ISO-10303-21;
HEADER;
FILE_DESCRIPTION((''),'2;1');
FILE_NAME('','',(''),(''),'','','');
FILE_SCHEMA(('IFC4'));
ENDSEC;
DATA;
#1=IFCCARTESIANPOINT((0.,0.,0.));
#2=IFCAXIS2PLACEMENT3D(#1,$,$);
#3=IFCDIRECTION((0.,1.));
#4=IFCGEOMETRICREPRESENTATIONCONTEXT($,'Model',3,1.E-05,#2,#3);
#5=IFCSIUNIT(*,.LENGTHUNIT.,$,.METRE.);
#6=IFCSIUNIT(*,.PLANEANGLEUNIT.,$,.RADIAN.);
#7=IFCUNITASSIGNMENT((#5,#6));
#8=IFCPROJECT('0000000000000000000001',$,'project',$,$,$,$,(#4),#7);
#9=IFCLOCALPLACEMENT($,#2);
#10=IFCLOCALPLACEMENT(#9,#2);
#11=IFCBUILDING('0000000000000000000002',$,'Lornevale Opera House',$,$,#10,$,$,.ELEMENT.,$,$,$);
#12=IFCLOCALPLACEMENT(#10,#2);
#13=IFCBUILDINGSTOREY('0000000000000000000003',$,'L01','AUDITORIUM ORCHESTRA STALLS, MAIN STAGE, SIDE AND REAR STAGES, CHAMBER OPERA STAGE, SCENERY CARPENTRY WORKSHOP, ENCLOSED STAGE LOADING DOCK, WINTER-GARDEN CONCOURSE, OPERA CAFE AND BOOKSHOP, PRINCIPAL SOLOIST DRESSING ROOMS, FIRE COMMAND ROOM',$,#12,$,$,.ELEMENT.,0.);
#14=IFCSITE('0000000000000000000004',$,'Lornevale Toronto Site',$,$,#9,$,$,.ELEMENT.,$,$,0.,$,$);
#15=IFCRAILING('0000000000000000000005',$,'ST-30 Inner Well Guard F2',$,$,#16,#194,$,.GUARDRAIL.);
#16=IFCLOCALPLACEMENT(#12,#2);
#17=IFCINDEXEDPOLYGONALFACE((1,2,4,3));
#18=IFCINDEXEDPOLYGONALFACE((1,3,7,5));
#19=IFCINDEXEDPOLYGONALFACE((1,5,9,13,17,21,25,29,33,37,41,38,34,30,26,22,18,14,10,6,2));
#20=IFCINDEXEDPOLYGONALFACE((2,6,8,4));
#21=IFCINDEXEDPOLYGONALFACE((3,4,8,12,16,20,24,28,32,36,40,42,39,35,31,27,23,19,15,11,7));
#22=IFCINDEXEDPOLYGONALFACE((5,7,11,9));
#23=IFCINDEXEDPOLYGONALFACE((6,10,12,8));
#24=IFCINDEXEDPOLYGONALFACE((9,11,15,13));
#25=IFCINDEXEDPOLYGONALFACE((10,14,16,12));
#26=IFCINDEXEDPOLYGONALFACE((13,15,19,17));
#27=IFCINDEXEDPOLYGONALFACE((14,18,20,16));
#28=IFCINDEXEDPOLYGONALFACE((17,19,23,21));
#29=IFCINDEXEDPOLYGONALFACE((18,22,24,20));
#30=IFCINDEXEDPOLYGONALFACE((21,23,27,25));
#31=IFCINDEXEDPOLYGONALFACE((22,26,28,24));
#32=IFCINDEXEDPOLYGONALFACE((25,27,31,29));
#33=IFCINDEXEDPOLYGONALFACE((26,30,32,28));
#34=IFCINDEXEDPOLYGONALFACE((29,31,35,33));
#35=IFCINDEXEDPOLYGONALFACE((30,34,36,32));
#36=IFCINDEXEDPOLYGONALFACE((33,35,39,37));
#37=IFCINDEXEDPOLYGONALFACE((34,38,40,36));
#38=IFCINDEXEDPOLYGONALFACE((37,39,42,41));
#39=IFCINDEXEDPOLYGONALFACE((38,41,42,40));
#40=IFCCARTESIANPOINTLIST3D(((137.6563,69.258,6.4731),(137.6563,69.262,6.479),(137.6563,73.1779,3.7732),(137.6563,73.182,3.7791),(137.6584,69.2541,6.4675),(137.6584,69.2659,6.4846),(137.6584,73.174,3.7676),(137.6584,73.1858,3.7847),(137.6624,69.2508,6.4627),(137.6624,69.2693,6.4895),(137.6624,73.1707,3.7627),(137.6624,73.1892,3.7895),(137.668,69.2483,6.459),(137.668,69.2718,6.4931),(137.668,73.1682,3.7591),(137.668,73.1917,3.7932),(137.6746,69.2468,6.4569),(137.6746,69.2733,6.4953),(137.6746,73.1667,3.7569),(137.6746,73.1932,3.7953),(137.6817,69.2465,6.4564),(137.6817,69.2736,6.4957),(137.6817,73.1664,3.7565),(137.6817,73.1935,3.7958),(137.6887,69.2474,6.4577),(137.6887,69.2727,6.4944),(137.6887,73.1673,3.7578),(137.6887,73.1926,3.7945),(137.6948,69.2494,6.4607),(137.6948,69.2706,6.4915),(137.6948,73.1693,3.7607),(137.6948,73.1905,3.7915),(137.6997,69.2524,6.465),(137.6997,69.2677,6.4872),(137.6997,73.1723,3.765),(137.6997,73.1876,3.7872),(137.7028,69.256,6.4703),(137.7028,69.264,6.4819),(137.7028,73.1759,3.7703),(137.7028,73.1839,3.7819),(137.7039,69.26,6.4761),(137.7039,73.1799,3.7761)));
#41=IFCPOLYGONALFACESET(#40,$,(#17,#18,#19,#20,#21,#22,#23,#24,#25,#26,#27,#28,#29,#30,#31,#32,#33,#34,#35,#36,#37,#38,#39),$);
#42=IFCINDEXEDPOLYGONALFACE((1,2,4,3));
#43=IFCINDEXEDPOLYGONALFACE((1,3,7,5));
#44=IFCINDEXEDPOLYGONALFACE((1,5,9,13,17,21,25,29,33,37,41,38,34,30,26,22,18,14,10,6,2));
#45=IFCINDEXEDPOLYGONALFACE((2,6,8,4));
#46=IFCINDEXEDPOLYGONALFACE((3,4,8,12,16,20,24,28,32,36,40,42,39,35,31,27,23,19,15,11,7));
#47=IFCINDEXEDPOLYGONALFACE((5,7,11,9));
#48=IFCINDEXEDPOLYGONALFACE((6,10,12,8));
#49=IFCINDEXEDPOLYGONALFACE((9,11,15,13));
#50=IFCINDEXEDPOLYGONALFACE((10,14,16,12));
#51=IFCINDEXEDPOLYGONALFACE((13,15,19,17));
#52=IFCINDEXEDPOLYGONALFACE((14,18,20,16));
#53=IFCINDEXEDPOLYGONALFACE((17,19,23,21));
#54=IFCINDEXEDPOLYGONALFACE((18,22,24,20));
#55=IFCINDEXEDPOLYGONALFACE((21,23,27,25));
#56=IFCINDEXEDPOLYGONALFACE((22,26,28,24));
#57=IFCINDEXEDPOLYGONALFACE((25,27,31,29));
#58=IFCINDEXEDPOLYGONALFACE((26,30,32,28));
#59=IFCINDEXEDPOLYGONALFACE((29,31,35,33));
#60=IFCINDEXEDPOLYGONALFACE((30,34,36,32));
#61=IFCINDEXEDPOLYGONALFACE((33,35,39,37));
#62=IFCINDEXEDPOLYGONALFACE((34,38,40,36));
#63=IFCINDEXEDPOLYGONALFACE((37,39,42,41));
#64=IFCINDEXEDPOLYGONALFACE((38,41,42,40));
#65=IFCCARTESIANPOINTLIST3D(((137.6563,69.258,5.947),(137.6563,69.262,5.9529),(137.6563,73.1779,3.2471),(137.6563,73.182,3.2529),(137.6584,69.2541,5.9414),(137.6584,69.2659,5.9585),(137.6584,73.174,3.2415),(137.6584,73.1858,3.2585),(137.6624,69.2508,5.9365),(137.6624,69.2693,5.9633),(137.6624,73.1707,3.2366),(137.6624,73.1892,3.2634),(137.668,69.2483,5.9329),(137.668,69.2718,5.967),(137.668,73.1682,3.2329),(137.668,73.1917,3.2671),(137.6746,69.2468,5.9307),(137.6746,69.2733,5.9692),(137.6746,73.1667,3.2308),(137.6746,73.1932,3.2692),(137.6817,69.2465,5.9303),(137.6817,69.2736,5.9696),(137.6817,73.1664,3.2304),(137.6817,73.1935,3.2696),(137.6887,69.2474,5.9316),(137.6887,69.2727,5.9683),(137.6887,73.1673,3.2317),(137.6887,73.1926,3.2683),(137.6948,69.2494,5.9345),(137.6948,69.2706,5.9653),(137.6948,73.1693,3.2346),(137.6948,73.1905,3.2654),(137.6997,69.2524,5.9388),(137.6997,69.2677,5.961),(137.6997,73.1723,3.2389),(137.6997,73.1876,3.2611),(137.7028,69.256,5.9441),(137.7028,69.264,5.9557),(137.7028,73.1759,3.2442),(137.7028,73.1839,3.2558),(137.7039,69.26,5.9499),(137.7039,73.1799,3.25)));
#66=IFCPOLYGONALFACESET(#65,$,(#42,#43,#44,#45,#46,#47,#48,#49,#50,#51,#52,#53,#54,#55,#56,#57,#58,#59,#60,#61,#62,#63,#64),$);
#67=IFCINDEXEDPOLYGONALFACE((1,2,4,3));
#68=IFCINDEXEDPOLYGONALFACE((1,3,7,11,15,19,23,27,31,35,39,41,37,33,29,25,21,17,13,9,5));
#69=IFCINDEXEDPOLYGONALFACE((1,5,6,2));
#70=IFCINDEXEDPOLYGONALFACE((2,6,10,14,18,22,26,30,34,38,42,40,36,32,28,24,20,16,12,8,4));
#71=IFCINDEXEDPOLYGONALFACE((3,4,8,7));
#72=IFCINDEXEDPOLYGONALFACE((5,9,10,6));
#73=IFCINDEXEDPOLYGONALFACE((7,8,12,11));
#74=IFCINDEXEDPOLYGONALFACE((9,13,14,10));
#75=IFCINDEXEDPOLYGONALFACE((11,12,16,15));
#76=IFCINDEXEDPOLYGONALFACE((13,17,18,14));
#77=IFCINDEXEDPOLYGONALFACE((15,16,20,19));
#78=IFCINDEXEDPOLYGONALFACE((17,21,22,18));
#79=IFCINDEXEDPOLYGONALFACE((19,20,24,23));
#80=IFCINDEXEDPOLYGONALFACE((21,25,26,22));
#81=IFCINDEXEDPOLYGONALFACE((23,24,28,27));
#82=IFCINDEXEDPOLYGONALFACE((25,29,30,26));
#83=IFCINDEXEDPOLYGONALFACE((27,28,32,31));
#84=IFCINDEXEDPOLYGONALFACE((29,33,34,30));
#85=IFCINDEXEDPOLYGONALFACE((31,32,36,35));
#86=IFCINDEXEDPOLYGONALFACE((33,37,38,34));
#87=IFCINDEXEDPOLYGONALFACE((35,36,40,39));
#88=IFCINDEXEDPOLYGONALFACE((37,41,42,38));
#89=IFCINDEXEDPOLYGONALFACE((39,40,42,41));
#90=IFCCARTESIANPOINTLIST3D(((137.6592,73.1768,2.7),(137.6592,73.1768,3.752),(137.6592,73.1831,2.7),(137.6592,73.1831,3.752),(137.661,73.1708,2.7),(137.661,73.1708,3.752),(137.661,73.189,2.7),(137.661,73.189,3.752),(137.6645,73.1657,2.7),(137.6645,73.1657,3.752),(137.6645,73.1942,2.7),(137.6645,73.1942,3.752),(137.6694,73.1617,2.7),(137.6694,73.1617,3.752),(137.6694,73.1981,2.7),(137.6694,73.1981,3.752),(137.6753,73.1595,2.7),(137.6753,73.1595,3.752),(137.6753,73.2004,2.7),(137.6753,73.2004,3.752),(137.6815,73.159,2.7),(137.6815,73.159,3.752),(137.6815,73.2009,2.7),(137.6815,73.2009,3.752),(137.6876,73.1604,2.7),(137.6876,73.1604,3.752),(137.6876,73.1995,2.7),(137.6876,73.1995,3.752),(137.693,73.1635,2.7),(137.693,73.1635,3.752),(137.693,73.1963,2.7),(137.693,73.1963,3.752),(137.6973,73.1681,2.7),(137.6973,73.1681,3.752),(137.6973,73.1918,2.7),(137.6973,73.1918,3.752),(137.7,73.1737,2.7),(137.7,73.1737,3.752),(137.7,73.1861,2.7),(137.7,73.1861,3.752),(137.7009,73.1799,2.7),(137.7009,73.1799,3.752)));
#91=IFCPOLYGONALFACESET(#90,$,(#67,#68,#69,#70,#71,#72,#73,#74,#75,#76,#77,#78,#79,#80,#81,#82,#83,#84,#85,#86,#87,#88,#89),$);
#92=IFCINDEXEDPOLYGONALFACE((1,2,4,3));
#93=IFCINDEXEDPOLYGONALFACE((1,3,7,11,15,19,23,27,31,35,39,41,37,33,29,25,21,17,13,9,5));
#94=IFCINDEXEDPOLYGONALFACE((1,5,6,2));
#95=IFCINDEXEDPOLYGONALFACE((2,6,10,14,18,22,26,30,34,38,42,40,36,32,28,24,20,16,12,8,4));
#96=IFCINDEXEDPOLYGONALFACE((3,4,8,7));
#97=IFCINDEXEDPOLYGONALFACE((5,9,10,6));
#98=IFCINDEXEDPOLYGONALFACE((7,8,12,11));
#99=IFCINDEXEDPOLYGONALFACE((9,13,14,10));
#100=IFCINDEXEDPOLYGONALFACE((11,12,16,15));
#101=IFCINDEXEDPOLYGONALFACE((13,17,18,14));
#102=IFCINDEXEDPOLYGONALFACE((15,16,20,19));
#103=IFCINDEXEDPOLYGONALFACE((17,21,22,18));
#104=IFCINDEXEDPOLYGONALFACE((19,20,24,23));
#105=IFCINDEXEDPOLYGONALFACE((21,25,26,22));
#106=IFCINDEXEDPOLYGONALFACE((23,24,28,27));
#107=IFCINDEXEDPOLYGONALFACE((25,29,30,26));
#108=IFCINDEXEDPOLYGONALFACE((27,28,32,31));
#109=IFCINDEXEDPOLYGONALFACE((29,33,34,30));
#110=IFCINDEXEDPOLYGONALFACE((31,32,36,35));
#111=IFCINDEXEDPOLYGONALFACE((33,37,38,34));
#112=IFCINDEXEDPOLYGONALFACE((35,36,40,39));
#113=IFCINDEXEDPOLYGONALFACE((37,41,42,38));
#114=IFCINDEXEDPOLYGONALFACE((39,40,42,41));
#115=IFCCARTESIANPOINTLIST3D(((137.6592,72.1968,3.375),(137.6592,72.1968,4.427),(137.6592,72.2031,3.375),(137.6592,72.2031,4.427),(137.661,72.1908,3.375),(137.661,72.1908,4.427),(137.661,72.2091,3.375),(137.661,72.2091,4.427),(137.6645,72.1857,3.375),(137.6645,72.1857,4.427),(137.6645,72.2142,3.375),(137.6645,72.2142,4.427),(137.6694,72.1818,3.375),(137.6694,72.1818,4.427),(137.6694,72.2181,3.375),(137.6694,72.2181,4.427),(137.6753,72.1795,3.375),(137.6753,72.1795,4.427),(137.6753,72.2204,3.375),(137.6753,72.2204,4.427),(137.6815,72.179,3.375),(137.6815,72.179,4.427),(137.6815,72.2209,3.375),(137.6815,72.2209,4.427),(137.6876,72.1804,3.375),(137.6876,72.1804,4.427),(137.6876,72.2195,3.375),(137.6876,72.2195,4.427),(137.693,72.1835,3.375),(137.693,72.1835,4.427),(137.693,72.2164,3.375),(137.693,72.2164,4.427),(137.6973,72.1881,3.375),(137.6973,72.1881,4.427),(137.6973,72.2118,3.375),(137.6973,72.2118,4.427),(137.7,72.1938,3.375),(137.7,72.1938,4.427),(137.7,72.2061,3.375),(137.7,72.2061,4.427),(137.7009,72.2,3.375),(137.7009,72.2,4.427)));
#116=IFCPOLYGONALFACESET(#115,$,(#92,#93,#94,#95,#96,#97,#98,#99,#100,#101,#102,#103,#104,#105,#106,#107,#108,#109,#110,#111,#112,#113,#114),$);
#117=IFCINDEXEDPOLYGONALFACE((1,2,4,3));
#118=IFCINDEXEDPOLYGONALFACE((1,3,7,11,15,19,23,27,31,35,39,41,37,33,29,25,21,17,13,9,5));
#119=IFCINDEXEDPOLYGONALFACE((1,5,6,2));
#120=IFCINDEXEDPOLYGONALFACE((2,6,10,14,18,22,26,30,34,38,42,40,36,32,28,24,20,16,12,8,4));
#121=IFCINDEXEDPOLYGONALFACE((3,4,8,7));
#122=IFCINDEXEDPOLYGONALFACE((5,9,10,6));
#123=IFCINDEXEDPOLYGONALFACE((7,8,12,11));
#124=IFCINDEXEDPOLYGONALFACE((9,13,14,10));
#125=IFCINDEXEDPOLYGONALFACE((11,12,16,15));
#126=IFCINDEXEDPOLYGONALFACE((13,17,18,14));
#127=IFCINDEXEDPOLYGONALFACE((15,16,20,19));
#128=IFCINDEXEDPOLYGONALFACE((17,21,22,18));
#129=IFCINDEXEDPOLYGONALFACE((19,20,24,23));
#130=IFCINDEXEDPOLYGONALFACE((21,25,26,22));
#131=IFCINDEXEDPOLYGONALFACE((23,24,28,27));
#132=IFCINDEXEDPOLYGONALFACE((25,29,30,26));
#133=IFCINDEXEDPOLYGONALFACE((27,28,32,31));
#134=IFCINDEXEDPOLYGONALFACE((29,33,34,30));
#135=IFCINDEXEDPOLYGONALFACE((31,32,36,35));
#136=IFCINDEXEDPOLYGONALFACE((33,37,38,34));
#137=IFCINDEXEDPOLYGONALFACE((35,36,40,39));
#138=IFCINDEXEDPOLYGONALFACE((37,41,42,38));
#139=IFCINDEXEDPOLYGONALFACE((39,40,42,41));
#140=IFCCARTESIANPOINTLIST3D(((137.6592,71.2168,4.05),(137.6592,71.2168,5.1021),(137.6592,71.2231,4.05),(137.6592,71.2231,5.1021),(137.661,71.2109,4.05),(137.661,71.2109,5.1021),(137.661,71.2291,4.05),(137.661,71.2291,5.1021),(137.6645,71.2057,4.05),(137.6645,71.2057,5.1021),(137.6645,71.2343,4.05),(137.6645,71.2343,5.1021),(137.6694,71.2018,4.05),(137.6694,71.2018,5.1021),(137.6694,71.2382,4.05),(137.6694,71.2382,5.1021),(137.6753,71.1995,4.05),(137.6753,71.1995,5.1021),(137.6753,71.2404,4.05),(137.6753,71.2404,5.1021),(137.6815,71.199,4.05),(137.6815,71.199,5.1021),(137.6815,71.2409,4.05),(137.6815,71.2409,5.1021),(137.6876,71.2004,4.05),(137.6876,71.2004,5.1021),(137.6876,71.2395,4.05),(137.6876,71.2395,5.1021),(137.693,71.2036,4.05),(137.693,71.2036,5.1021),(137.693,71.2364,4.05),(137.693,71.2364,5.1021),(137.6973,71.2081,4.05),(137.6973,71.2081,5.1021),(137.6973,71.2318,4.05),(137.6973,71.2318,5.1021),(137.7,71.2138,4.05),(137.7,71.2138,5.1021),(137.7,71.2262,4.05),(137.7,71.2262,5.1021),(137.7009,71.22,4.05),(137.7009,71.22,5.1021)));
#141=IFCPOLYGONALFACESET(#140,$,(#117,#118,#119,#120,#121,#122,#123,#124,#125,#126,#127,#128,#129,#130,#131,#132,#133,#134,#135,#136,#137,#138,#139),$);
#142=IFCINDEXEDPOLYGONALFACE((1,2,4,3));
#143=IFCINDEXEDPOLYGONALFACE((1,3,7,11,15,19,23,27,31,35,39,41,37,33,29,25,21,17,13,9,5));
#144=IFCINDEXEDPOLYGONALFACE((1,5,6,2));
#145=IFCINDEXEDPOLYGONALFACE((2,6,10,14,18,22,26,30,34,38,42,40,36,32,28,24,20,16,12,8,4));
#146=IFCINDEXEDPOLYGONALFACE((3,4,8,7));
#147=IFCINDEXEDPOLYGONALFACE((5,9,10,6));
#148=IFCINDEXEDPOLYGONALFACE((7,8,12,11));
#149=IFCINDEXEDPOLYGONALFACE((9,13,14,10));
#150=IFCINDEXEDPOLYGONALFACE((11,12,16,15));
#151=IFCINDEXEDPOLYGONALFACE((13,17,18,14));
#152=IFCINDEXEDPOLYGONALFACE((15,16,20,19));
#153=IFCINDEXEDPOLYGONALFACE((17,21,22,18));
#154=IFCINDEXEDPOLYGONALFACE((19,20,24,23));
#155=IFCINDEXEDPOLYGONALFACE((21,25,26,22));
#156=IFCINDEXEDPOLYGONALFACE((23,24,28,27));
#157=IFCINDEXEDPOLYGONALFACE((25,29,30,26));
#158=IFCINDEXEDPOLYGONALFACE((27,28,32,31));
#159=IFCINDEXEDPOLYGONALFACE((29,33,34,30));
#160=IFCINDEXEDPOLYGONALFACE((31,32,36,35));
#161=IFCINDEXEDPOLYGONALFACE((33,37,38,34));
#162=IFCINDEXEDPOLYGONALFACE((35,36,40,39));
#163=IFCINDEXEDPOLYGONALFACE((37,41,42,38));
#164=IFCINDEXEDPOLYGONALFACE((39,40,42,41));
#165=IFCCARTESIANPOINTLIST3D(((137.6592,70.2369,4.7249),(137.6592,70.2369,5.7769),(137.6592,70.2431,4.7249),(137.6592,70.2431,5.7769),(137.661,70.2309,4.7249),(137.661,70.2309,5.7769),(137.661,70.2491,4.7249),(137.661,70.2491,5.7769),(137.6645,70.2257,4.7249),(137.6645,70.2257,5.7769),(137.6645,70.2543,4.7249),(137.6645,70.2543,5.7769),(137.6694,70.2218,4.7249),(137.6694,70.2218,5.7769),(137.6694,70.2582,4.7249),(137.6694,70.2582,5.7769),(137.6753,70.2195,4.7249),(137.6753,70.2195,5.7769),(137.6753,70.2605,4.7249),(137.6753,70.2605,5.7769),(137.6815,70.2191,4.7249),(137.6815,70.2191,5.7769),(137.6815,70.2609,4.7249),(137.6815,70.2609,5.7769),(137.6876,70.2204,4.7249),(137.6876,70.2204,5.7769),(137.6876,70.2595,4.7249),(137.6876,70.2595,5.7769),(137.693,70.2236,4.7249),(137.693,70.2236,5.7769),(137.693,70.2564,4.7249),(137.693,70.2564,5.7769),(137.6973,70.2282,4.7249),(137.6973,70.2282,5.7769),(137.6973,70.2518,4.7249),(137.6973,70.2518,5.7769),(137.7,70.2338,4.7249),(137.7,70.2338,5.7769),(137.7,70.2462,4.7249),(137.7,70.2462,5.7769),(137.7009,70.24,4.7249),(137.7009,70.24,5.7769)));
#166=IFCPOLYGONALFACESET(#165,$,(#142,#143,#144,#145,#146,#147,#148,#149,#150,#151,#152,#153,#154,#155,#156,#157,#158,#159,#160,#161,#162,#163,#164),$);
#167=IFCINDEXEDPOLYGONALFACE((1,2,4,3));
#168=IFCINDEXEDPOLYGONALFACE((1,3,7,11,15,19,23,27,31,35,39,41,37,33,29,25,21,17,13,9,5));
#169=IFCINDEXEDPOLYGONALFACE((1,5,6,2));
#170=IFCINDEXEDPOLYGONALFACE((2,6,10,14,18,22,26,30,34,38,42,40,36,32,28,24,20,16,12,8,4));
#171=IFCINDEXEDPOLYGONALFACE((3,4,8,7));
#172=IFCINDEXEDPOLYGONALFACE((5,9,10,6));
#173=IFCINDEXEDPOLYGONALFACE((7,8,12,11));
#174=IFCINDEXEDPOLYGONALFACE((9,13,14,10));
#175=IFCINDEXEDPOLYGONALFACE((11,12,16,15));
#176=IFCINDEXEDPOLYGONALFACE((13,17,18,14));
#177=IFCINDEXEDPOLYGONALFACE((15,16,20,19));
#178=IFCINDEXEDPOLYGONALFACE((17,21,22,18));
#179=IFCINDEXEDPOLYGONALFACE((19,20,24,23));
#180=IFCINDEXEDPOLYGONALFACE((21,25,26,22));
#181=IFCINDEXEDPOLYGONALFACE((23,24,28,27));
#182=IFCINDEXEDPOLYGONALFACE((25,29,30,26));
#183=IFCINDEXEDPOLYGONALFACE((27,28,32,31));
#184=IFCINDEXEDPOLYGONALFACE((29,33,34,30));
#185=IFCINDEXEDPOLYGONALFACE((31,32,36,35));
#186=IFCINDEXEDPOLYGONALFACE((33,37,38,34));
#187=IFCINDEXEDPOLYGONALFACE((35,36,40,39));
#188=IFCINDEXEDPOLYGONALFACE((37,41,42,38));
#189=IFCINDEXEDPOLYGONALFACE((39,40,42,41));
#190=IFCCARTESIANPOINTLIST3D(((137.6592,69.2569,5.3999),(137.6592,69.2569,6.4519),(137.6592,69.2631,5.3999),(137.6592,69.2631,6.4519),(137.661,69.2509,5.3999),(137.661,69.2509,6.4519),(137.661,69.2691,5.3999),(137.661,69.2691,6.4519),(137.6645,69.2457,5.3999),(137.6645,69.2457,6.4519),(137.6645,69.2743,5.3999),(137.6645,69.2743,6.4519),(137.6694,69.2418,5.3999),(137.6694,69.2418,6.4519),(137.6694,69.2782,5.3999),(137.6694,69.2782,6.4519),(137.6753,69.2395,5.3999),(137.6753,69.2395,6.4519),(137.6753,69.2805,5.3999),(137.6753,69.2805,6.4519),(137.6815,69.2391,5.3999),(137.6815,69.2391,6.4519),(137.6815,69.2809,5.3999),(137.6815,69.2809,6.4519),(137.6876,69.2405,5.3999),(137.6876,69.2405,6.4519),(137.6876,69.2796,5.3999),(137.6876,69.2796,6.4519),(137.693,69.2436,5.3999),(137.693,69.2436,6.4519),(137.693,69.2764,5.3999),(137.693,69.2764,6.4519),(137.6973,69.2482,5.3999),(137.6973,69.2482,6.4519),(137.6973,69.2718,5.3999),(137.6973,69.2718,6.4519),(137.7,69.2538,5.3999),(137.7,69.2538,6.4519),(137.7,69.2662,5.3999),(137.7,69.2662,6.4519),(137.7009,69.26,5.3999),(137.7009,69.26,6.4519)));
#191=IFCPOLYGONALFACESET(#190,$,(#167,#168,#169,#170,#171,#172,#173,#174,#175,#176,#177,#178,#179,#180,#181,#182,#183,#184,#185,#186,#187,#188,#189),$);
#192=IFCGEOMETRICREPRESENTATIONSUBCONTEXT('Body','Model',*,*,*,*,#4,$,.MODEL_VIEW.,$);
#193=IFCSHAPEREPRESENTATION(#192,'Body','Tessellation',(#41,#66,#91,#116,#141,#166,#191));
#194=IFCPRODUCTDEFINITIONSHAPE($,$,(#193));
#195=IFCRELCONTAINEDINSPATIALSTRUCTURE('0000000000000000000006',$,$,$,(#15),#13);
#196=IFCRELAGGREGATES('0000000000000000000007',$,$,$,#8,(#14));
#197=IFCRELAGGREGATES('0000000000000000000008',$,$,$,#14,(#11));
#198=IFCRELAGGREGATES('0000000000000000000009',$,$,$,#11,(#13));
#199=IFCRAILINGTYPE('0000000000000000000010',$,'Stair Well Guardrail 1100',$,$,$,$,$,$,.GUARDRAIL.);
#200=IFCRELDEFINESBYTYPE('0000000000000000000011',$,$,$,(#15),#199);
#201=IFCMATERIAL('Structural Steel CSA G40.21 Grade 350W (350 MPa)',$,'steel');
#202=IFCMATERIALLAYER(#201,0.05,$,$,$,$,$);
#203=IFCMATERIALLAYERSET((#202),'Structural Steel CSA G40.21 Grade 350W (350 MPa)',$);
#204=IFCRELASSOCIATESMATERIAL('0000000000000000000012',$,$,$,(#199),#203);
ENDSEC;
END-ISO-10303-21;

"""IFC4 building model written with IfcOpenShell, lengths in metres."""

from ifc_helpers import new_model, si_unit, direction, frame, origin, origin_2d, place, context, subcontext, project, spatial, circle, extrude, material, layer, layer_set, type_object, element, save


model = new_model("IFC4")

# Units and contexts
model_context = context("Model", 3, precision=1e-05, world=origin(), true_north=direction((0.0, 1.0)))
body_context = subcontext(model_context, "Body", "Model", "MODEL_VIEW")
ifc_project = project(units=[si_unit("LENGTHUNIT", "METRE"), si_unit("PLANEANGLEUNIT", "RADIAN")], contexts=[model_context])

# Site, building, storey
site_placement = place(None, origin())
site = spatial("IfcSite", under=ifc_project, at=site_placement, Name="Lornevale Toronto Site", CompositionType="ELEMENT", RefElevation=0.0)
building_placement = place(site_placement, origin())
building = spatial("IfcBuilding", under=site, at=building_placement, Name="Lornevale Opera House", CompositionType="ELEMENT")
storey_placement = place(building_placement, origin())
storey = spatial("IfcBuildingStorey", under=building, at=storey_placement, Name="L01", Description="AUDITORIUM ORCHESTRA STALLS, MAIN STAGE, SIDE AND REAR STAGES, CHAMBER OPERA STAGE, SCENERY CARPENTRY WORKSHOP, ENCLOSED STAGE LOADING DOCK, WINTER-GARDEN CONCOURSE, OPERA CAFE AND BOOKSHOP, PRINCIPAL SOLOIST DRESSING ROOMS, FIRE COMMAND ROOM", CompositionType="ELEMENT", Elevation=0.0)

# Shared definitions
ifc_material_1 = material(Name="Structural Steel CSA G40.21 Grade 350W (350 MPa)", Category="steel")

# Railing
ifc_layer_1 = layer(ifc_material_1, 0.05)
ifc_layer_set_1 = layer_set([ifc_layer_1], Name="Structural Steel CSA G40.21 Grade 350W (350 MPa)")
railing_type_1 = type_object("IfcRailingType", Name="Stair Well Guardrail 1100", PredefinedType="GUARDRAIL", material=ifc_layer_set_1)
railing_1_placement = place(storey_placement, frame((137.6799, 73.1799, 2.7)))
element("IfcRailing", 1, at=railing_1_placement, inside=storey, type_object=railing_type_1, Name="ST-30 Inner Well Guard F2", PredefinedType="GUARDRAIL", context=body_context, shape_type="SweptSolid", body=[
    extrude(circle(Radius=0.0239, at=origin_2d()), frame((0.0, 0.0, 1.0762), z_axis=(0.0, -0.823551, 0.567243), x_axis=(1.0, 0.0, 0.0)), (0.0, 0.0, 1.0), 4.7598),
    extrude(circle(Radius=0.0239, at=origin_2d()), frame((0.0, 0.0, 0.55), z_axis=(0.0, -0.823551, 0.567243), x_axis=(1.0, 0.0, 0.0)), (0.0, 0.0, 1.0), 4.7598),
    extrude(circle(Radius=0.021, at=origin_2d()), origin(), (0.0, 0.0, 1.0), 1.052),
    extrude(circle(Radius=0.021, at=origin_2d()), frame((0.0, -0.98, 0.675)), (0.0, 0.0, 1.0), 1.052),
    extrude(circle(Radius=0.021, at=origin_2d()), frame((0.0, -1.96, 1.3501)), (0.0, 0.0, 1.0), 1.052),
    extrude(circle(Radius=0.021, at=origin_2d()), frame((0.0, -2.9399, 2.0249)), (0.0, 0.0, 1.0), 1.052),
    extrude(circle(Radius=0.021, at=origin_2d()), frame((0.0, -3.9199, 2.7)), (0.0, 0.0, 1.0), 1.052),
])

save(model, "model.ifc")
